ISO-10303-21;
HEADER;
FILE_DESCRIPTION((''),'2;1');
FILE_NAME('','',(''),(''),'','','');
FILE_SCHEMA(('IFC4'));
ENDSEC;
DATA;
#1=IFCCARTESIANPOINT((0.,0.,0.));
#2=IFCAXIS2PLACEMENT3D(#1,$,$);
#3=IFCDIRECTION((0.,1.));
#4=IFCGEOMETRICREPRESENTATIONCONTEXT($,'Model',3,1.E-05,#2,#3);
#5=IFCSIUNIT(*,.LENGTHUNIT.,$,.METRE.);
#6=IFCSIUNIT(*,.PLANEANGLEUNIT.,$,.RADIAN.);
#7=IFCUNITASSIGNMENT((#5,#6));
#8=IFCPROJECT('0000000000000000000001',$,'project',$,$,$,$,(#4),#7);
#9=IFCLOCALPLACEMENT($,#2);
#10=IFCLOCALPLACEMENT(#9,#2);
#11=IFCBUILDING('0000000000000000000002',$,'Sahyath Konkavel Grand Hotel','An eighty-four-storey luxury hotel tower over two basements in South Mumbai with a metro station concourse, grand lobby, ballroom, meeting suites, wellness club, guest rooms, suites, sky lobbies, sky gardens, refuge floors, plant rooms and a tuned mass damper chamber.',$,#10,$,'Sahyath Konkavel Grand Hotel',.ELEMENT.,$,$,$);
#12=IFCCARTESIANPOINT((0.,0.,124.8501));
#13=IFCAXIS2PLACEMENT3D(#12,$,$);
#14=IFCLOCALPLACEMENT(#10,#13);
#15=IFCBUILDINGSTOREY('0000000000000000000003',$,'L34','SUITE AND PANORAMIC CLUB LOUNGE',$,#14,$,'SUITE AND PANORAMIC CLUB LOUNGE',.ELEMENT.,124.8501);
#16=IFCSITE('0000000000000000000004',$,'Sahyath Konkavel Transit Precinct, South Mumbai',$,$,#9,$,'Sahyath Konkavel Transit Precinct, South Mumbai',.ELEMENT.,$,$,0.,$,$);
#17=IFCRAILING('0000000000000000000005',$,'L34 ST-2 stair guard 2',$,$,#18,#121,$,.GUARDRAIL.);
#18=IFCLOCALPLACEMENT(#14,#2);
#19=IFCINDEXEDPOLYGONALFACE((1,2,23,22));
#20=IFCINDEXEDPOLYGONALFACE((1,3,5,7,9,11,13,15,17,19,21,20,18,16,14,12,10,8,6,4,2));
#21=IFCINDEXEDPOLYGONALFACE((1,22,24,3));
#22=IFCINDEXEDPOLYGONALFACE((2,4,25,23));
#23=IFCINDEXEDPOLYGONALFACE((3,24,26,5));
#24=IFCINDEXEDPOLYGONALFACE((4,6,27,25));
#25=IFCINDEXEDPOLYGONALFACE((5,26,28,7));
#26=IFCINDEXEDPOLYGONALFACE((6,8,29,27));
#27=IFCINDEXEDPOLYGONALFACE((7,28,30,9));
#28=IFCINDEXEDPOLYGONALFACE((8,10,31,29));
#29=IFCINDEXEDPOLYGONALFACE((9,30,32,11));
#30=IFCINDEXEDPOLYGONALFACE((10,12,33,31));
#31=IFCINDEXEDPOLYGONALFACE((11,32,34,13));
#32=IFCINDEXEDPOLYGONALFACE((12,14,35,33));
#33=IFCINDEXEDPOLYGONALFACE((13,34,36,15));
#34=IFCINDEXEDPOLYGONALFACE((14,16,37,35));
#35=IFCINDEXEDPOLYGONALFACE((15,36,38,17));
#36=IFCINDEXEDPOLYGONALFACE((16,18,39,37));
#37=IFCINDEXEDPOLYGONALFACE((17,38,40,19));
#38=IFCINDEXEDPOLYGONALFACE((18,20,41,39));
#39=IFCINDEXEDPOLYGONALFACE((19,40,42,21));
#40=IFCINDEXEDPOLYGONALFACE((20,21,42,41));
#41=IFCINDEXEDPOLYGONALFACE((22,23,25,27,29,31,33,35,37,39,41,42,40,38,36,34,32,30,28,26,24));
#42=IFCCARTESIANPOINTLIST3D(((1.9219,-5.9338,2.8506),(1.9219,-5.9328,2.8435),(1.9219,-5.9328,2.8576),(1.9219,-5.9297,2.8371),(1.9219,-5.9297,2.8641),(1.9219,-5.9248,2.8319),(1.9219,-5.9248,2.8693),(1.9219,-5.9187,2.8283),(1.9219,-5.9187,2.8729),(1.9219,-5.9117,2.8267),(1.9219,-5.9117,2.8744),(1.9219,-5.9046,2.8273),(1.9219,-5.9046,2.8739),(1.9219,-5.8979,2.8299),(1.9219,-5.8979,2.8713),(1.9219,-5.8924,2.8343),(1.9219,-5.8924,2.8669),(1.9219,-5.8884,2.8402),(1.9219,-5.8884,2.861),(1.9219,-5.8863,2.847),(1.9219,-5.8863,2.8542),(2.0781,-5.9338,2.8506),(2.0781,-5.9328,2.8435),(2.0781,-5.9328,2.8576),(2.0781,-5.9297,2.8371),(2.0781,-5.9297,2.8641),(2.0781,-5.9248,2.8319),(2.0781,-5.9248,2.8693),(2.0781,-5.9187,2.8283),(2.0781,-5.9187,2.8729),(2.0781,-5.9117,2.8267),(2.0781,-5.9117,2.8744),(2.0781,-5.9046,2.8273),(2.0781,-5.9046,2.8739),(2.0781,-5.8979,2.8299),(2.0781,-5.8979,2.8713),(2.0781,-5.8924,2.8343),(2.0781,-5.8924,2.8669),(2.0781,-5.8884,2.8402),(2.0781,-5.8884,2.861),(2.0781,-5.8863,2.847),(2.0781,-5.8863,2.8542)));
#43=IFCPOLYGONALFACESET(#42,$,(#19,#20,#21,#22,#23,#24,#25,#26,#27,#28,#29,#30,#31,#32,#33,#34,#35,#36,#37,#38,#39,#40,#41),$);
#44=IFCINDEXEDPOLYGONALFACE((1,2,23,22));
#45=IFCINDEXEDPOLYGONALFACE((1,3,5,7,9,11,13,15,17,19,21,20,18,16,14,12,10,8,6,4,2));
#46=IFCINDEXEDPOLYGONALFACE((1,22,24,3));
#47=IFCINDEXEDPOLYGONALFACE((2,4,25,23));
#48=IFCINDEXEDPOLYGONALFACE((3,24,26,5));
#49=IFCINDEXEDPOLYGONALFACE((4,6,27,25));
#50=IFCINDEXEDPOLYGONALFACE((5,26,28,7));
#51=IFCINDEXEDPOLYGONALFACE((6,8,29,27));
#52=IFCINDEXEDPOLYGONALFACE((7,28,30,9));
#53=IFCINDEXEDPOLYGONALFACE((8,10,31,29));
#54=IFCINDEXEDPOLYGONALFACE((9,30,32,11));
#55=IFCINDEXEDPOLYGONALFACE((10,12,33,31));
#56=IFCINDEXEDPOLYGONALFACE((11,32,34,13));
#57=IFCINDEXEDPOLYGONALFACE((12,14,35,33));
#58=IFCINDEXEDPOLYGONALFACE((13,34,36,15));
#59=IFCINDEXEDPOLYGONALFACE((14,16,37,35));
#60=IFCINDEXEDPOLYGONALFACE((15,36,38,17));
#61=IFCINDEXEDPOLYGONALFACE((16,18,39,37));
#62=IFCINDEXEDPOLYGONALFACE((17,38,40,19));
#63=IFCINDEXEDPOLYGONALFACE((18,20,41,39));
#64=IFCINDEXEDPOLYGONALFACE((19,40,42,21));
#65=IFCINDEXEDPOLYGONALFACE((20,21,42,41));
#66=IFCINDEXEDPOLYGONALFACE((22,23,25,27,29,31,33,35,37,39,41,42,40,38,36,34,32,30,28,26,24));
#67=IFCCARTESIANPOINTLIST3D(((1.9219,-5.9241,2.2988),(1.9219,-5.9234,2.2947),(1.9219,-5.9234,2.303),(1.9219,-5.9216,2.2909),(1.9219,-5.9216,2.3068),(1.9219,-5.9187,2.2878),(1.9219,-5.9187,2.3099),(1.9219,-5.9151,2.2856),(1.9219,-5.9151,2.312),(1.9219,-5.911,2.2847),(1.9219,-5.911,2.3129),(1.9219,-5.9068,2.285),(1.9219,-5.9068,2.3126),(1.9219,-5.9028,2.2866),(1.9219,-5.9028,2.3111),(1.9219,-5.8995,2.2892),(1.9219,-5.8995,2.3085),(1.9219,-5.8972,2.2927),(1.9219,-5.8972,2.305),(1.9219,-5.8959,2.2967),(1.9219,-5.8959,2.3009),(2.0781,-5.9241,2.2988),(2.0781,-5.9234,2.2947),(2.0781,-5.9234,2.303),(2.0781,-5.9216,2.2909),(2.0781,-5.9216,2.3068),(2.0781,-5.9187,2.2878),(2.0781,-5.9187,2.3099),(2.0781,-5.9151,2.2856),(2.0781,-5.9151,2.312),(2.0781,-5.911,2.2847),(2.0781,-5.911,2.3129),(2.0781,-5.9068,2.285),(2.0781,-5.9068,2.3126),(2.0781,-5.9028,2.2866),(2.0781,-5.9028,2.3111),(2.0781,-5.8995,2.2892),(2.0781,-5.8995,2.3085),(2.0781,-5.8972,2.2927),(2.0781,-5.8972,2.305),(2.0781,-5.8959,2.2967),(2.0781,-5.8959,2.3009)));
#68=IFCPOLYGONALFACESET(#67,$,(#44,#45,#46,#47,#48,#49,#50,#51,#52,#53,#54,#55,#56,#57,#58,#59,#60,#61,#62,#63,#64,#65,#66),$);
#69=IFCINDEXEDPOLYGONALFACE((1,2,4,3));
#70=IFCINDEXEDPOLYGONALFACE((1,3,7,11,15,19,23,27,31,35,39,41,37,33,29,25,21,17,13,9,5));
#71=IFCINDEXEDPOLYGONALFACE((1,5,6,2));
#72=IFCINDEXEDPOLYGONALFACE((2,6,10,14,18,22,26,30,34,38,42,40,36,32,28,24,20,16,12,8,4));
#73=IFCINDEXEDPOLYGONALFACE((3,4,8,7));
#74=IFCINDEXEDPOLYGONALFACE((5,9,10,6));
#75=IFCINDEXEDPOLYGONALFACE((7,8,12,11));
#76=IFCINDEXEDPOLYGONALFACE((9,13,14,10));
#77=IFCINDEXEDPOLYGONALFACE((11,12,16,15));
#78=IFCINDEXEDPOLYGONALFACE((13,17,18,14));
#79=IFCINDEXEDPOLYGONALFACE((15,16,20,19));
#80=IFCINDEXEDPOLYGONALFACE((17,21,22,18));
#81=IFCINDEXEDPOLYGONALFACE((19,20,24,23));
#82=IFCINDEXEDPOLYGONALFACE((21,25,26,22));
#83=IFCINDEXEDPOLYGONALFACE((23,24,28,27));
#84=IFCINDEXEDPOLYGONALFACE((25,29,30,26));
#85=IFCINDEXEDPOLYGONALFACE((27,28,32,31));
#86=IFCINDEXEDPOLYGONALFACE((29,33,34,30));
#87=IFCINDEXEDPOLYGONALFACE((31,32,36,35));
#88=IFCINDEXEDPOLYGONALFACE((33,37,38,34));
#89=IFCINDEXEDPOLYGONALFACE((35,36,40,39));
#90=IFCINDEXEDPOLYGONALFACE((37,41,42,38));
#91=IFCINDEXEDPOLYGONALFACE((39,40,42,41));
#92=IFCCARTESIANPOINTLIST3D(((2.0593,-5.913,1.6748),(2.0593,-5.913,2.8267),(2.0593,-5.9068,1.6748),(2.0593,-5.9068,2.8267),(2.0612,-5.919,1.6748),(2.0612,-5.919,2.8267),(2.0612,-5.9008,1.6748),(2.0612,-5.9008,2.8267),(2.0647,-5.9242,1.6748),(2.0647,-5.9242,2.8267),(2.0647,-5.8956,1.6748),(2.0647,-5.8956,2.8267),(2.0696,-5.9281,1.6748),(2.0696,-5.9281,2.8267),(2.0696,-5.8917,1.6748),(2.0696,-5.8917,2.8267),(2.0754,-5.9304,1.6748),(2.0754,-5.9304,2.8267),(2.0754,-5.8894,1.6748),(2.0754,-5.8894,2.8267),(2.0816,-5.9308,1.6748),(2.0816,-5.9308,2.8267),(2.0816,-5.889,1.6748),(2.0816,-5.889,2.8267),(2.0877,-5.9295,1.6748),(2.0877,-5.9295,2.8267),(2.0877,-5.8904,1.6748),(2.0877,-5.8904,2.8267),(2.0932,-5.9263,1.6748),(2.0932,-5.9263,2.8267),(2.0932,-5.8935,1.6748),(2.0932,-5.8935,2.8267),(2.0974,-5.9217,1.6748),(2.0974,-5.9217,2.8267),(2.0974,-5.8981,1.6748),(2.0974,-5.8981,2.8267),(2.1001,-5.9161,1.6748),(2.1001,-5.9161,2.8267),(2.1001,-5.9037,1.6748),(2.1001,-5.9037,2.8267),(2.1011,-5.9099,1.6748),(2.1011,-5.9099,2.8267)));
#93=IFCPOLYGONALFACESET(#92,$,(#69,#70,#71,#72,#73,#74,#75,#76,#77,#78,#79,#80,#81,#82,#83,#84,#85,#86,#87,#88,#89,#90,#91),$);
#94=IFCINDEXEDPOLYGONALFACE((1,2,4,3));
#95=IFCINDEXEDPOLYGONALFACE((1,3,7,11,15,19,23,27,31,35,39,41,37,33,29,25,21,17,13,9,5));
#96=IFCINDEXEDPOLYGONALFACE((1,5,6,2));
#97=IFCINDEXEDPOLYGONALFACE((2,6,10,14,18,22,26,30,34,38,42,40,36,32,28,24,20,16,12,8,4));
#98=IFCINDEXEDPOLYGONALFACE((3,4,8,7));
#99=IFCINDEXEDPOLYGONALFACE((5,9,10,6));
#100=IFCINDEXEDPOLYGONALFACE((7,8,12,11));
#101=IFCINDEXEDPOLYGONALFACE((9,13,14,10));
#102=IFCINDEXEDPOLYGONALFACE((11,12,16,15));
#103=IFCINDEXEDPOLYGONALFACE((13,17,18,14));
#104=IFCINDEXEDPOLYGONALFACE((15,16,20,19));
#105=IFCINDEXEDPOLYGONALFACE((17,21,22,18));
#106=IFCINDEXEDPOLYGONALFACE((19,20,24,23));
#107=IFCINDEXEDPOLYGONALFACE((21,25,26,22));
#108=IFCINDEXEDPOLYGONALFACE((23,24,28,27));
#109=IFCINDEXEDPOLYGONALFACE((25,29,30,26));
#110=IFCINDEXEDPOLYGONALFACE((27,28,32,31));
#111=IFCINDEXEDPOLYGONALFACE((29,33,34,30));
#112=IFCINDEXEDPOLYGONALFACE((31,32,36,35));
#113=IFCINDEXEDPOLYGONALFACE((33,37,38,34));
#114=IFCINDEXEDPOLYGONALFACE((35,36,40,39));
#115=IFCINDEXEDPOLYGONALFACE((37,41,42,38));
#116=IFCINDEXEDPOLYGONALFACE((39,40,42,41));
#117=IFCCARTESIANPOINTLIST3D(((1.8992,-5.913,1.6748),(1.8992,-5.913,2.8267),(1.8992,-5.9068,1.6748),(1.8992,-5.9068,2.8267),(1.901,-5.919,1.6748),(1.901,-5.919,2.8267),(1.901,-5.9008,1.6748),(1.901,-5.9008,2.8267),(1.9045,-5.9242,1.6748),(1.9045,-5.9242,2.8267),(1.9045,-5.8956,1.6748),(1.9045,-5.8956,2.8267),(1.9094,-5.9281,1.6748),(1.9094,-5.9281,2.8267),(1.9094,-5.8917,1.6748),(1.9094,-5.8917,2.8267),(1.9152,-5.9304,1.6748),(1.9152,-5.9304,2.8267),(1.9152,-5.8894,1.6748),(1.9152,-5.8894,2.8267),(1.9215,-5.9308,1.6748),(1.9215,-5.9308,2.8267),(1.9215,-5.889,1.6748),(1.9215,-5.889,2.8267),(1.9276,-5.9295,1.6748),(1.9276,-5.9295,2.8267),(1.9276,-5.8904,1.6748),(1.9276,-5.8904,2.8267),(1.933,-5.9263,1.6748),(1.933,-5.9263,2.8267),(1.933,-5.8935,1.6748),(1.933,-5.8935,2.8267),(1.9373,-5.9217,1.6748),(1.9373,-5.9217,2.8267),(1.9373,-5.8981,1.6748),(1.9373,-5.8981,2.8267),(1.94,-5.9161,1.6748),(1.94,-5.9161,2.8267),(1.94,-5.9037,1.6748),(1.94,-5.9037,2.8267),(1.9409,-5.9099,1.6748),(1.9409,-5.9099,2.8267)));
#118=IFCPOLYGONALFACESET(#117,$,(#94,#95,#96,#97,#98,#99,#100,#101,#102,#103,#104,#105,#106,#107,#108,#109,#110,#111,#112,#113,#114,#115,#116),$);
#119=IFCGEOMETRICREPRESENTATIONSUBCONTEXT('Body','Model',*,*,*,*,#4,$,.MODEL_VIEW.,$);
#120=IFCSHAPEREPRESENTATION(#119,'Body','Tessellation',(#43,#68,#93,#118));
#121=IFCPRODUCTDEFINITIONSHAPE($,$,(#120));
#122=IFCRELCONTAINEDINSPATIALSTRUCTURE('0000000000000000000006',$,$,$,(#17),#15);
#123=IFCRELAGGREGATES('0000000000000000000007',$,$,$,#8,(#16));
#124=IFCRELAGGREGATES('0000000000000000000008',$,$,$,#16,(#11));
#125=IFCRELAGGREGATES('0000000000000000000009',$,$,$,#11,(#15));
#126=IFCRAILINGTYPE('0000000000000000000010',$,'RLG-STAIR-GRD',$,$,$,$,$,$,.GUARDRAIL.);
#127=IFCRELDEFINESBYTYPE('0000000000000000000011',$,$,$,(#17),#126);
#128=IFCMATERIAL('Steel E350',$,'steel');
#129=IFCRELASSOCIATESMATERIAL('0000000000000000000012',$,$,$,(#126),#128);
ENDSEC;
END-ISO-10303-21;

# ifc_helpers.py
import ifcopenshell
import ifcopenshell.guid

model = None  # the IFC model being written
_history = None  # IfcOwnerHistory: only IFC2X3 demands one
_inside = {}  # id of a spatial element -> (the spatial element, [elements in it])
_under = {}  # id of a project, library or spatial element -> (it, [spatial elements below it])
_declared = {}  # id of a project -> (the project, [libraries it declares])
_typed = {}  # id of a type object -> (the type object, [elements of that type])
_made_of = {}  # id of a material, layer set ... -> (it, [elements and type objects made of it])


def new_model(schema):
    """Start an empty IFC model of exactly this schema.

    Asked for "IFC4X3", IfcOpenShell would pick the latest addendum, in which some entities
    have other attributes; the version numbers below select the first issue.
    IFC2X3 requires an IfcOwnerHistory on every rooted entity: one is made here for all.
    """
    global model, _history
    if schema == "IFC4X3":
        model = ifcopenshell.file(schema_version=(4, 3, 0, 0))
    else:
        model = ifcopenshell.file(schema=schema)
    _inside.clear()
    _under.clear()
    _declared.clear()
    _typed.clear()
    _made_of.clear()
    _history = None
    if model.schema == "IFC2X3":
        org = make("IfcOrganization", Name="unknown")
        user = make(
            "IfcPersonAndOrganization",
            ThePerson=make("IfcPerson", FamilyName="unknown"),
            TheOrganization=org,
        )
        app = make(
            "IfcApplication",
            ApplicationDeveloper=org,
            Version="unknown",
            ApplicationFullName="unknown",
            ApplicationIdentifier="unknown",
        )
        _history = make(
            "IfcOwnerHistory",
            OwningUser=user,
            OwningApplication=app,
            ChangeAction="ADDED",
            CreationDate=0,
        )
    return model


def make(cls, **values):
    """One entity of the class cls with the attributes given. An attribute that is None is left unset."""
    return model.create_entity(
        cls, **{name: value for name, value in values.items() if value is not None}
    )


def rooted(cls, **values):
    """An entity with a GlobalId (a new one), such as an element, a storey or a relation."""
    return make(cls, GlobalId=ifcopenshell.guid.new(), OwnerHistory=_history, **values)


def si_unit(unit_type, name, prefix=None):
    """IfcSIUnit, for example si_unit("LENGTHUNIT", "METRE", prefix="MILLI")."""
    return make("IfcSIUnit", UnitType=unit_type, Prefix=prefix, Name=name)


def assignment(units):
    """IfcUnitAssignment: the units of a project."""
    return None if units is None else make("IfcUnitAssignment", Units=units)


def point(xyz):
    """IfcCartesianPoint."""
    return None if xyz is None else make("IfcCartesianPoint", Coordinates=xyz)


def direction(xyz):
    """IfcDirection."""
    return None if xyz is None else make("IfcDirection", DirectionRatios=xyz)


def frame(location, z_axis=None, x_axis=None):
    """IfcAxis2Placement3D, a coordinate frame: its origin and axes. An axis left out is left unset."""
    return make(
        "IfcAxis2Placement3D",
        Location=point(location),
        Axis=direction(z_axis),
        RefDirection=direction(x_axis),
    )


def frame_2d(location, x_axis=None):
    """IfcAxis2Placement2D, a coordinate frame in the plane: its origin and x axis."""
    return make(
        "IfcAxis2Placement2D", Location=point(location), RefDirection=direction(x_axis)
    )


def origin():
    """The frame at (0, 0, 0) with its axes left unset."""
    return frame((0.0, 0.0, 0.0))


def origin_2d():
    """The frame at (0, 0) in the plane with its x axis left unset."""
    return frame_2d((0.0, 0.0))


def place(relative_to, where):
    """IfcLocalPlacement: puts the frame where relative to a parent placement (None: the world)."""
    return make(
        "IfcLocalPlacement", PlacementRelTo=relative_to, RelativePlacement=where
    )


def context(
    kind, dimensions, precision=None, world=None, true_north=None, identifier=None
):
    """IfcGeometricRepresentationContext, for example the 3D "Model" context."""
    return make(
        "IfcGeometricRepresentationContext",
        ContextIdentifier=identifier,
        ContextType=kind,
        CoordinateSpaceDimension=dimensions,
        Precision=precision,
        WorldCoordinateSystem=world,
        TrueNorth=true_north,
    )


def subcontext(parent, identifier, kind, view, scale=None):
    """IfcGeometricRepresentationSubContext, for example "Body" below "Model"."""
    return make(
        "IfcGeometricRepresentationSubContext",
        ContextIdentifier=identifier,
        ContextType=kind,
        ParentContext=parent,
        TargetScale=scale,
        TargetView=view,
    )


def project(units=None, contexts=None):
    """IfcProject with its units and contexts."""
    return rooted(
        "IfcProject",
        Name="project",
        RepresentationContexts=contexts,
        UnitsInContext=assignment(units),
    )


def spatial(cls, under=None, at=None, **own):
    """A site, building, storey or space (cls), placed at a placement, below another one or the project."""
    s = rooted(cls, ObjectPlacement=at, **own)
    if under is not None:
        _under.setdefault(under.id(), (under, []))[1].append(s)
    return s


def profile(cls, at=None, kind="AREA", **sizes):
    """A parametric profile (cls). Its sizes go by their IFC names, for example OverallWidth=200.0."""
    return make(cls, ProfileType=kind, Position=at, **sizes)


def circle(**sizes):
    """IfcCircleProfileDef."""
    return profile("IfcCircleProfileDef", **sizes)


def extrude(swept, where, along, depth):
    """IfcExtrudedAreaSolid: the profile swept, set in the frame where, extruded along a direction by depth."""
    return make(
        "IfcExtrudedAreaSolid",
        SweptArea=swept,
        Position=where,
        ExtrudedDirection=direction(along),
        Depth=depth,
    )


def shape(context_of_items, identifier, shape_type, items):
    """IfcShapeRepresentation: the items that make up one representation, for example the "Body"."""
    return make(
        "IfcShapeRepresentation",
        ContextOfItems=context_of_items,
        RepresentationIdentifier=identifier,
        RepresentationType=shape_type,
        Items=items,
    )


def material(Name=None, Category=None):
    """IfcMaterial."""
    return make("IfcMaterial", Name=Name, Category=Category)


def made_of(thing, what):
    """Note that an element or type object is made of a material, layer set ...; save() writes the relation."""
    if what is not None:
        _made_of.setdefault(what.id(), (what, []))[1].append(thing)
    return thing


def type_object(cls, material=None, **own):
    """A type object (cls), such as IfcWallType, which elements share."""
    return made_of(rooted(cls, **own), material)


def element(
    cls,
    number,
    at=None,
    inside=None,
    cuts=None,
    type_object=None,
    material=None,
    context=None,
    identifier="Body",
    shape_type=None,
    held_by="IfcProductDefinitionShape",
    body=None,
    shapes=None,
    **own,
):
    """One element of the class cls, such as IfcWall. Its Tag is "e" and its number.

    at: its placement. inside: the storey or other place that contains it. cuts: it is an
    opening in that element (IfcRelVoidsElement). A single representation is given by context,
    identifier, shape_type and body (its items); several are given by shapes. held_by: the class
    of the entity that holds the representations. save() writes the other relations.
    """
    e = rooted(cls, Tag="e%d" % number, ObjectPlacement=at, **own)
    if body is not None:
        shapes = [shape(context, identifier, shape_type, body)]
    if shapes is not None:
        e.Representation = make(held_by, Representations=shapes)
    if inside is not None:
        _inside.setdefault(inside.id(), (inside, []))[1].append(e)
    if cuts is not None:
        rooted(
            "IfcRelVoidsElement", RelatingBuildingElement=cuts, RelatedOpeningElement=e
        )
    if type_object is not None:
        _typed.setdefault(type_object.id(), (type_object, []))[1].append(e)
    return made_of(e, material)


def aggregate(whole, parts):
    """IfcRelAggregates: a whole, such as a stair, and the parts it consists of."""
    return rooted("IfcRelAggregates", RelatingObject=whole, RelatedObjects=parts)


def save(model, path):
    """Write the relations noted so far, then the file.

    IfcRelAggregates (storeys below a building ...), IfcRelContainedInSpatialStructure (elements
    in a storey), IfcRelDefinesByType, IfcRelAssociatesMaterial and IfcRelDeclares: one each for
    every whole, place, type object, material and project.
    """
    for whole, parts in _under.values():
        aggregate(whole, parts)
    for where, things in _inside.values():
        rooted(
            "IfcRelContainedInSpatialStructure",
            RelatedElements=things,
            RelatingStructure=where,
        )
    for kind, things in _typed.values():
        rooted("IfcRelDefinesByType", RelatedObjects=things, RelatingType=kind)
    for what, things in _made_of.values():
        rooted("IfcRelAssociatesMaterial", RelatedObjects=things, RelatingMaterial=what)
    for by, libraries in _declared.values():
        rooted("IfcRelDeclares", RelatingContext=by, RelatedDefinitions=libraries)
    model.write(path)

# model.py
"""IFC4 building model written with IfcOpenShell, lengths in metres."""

from ifc_helpers import new_model, si_unit, direction, frame, origin, origin_2d, place, context, subcontext, project, spatial, circle, extrude, material, type_object, element, save


model = new_model("IFC4")

# Units and contexts
model_context = context("Model", 3, precision=1e-05, world=origin(), true_north=direction((0.0, 1.0)))
body_context = subcontext(model_context, "Body", "Model", "MODEL_VIEW")
ifc_project = project(units=[si_unit("LENGTHUNIT", "METRE"), si_unit("PLANEANGLEUNIT", "RADIAN")], contexts=[model_context])

# Site, building, storey
site_placement = place(None, origin())
site = spatial("IfcSite", under=ifc_project, at=site_placement, Name="Sahyath Konkavel Transit Precinct, South Mumbai", LongName="Sahyath Konkavel Transit Precinct, South Mumbai", CompositionType="ELEMENT", RefElevation=0.0)
building_placement = place(site_placement, origin())
building = spatial("IfcBuilding", under=site, at=building_placement, Name="Sahyath Konkavel Grand Hotel", Description="An eighty-four-storey luxury hotel tower over two basements in South Mumbai with a metro station concourse, grand lobby, ballroom, meeting suites, wellness club, guest rooms, suites, sky lobbies, sky gardens, refuge floors, plant rooms and a tuned mass damper chamber.", LongName="Sahyath Konkavel Grand Hotel", CompositionType="ELEMENT")
storey_placement = place(building_placement, frame((0.0, 0.0, 124.8501)))
storey = spatial("IfcBuildingStorey", under=building, at=storey_placement, Name="L34", Description="SUITE AND PANORAMIC CLUB LOUNGE", LongName="SUITE AND PANORAMIC CLUB LOUNGE", CompositionType="ELEMENT", Elevation=124.8501)

# Shared definitions
ifc_material_1 = material(Name="Steel E350", Category="steel")

# Railing
railing_type_1 = type_object("IfcRailingType", Name="RLG-STAIR-GRD", PredefinedType="GUARDRAIL", material=ifc_material_1)
railing_1_placement = place(storey_placement, frame((2.0801, -5.9099, 1.6748)))
element("IfcRailing", 1, at=railing_1_placement, inside=storey, type_object=railing_type_1, Name="L34 ST-2 stair guard 2", PredefinedType="GUARDRAIL", context=body_context, shape_type="SweptSolid", body=[
    extrude(circle(Radius=0.0239, at=origin_2d()), frame((-0.002, 0.0, 1.1758), z_axis=(-1.0, 0.0, 0.0), x_axis=(0.0, -1.0, 0.0)), (0.0, 0.0, 1.0), 0.1562),
    extrude(circle(Radius=0.0142, at=origin_2d()), frame((-0.002, 0.0, 0.624), z_axis=(-1.0, 0.0, 0.0), x_axis=(0.0, -1.0, 0.0)), (0.0, 0.0, 1.0), 0.1562),
    extrude(circle(Radius=0.021, at=origin_2d()), origin(), (0.0, 0.0, 1.0), 1.1519),
    extrude(circle(Radius=0.021, at=origin_2d()), frame((-0.1602, 0.0, 0.0)), (0.0, 0.0, 1.0), 1.1519),
])

save(model, "model.ifc")
